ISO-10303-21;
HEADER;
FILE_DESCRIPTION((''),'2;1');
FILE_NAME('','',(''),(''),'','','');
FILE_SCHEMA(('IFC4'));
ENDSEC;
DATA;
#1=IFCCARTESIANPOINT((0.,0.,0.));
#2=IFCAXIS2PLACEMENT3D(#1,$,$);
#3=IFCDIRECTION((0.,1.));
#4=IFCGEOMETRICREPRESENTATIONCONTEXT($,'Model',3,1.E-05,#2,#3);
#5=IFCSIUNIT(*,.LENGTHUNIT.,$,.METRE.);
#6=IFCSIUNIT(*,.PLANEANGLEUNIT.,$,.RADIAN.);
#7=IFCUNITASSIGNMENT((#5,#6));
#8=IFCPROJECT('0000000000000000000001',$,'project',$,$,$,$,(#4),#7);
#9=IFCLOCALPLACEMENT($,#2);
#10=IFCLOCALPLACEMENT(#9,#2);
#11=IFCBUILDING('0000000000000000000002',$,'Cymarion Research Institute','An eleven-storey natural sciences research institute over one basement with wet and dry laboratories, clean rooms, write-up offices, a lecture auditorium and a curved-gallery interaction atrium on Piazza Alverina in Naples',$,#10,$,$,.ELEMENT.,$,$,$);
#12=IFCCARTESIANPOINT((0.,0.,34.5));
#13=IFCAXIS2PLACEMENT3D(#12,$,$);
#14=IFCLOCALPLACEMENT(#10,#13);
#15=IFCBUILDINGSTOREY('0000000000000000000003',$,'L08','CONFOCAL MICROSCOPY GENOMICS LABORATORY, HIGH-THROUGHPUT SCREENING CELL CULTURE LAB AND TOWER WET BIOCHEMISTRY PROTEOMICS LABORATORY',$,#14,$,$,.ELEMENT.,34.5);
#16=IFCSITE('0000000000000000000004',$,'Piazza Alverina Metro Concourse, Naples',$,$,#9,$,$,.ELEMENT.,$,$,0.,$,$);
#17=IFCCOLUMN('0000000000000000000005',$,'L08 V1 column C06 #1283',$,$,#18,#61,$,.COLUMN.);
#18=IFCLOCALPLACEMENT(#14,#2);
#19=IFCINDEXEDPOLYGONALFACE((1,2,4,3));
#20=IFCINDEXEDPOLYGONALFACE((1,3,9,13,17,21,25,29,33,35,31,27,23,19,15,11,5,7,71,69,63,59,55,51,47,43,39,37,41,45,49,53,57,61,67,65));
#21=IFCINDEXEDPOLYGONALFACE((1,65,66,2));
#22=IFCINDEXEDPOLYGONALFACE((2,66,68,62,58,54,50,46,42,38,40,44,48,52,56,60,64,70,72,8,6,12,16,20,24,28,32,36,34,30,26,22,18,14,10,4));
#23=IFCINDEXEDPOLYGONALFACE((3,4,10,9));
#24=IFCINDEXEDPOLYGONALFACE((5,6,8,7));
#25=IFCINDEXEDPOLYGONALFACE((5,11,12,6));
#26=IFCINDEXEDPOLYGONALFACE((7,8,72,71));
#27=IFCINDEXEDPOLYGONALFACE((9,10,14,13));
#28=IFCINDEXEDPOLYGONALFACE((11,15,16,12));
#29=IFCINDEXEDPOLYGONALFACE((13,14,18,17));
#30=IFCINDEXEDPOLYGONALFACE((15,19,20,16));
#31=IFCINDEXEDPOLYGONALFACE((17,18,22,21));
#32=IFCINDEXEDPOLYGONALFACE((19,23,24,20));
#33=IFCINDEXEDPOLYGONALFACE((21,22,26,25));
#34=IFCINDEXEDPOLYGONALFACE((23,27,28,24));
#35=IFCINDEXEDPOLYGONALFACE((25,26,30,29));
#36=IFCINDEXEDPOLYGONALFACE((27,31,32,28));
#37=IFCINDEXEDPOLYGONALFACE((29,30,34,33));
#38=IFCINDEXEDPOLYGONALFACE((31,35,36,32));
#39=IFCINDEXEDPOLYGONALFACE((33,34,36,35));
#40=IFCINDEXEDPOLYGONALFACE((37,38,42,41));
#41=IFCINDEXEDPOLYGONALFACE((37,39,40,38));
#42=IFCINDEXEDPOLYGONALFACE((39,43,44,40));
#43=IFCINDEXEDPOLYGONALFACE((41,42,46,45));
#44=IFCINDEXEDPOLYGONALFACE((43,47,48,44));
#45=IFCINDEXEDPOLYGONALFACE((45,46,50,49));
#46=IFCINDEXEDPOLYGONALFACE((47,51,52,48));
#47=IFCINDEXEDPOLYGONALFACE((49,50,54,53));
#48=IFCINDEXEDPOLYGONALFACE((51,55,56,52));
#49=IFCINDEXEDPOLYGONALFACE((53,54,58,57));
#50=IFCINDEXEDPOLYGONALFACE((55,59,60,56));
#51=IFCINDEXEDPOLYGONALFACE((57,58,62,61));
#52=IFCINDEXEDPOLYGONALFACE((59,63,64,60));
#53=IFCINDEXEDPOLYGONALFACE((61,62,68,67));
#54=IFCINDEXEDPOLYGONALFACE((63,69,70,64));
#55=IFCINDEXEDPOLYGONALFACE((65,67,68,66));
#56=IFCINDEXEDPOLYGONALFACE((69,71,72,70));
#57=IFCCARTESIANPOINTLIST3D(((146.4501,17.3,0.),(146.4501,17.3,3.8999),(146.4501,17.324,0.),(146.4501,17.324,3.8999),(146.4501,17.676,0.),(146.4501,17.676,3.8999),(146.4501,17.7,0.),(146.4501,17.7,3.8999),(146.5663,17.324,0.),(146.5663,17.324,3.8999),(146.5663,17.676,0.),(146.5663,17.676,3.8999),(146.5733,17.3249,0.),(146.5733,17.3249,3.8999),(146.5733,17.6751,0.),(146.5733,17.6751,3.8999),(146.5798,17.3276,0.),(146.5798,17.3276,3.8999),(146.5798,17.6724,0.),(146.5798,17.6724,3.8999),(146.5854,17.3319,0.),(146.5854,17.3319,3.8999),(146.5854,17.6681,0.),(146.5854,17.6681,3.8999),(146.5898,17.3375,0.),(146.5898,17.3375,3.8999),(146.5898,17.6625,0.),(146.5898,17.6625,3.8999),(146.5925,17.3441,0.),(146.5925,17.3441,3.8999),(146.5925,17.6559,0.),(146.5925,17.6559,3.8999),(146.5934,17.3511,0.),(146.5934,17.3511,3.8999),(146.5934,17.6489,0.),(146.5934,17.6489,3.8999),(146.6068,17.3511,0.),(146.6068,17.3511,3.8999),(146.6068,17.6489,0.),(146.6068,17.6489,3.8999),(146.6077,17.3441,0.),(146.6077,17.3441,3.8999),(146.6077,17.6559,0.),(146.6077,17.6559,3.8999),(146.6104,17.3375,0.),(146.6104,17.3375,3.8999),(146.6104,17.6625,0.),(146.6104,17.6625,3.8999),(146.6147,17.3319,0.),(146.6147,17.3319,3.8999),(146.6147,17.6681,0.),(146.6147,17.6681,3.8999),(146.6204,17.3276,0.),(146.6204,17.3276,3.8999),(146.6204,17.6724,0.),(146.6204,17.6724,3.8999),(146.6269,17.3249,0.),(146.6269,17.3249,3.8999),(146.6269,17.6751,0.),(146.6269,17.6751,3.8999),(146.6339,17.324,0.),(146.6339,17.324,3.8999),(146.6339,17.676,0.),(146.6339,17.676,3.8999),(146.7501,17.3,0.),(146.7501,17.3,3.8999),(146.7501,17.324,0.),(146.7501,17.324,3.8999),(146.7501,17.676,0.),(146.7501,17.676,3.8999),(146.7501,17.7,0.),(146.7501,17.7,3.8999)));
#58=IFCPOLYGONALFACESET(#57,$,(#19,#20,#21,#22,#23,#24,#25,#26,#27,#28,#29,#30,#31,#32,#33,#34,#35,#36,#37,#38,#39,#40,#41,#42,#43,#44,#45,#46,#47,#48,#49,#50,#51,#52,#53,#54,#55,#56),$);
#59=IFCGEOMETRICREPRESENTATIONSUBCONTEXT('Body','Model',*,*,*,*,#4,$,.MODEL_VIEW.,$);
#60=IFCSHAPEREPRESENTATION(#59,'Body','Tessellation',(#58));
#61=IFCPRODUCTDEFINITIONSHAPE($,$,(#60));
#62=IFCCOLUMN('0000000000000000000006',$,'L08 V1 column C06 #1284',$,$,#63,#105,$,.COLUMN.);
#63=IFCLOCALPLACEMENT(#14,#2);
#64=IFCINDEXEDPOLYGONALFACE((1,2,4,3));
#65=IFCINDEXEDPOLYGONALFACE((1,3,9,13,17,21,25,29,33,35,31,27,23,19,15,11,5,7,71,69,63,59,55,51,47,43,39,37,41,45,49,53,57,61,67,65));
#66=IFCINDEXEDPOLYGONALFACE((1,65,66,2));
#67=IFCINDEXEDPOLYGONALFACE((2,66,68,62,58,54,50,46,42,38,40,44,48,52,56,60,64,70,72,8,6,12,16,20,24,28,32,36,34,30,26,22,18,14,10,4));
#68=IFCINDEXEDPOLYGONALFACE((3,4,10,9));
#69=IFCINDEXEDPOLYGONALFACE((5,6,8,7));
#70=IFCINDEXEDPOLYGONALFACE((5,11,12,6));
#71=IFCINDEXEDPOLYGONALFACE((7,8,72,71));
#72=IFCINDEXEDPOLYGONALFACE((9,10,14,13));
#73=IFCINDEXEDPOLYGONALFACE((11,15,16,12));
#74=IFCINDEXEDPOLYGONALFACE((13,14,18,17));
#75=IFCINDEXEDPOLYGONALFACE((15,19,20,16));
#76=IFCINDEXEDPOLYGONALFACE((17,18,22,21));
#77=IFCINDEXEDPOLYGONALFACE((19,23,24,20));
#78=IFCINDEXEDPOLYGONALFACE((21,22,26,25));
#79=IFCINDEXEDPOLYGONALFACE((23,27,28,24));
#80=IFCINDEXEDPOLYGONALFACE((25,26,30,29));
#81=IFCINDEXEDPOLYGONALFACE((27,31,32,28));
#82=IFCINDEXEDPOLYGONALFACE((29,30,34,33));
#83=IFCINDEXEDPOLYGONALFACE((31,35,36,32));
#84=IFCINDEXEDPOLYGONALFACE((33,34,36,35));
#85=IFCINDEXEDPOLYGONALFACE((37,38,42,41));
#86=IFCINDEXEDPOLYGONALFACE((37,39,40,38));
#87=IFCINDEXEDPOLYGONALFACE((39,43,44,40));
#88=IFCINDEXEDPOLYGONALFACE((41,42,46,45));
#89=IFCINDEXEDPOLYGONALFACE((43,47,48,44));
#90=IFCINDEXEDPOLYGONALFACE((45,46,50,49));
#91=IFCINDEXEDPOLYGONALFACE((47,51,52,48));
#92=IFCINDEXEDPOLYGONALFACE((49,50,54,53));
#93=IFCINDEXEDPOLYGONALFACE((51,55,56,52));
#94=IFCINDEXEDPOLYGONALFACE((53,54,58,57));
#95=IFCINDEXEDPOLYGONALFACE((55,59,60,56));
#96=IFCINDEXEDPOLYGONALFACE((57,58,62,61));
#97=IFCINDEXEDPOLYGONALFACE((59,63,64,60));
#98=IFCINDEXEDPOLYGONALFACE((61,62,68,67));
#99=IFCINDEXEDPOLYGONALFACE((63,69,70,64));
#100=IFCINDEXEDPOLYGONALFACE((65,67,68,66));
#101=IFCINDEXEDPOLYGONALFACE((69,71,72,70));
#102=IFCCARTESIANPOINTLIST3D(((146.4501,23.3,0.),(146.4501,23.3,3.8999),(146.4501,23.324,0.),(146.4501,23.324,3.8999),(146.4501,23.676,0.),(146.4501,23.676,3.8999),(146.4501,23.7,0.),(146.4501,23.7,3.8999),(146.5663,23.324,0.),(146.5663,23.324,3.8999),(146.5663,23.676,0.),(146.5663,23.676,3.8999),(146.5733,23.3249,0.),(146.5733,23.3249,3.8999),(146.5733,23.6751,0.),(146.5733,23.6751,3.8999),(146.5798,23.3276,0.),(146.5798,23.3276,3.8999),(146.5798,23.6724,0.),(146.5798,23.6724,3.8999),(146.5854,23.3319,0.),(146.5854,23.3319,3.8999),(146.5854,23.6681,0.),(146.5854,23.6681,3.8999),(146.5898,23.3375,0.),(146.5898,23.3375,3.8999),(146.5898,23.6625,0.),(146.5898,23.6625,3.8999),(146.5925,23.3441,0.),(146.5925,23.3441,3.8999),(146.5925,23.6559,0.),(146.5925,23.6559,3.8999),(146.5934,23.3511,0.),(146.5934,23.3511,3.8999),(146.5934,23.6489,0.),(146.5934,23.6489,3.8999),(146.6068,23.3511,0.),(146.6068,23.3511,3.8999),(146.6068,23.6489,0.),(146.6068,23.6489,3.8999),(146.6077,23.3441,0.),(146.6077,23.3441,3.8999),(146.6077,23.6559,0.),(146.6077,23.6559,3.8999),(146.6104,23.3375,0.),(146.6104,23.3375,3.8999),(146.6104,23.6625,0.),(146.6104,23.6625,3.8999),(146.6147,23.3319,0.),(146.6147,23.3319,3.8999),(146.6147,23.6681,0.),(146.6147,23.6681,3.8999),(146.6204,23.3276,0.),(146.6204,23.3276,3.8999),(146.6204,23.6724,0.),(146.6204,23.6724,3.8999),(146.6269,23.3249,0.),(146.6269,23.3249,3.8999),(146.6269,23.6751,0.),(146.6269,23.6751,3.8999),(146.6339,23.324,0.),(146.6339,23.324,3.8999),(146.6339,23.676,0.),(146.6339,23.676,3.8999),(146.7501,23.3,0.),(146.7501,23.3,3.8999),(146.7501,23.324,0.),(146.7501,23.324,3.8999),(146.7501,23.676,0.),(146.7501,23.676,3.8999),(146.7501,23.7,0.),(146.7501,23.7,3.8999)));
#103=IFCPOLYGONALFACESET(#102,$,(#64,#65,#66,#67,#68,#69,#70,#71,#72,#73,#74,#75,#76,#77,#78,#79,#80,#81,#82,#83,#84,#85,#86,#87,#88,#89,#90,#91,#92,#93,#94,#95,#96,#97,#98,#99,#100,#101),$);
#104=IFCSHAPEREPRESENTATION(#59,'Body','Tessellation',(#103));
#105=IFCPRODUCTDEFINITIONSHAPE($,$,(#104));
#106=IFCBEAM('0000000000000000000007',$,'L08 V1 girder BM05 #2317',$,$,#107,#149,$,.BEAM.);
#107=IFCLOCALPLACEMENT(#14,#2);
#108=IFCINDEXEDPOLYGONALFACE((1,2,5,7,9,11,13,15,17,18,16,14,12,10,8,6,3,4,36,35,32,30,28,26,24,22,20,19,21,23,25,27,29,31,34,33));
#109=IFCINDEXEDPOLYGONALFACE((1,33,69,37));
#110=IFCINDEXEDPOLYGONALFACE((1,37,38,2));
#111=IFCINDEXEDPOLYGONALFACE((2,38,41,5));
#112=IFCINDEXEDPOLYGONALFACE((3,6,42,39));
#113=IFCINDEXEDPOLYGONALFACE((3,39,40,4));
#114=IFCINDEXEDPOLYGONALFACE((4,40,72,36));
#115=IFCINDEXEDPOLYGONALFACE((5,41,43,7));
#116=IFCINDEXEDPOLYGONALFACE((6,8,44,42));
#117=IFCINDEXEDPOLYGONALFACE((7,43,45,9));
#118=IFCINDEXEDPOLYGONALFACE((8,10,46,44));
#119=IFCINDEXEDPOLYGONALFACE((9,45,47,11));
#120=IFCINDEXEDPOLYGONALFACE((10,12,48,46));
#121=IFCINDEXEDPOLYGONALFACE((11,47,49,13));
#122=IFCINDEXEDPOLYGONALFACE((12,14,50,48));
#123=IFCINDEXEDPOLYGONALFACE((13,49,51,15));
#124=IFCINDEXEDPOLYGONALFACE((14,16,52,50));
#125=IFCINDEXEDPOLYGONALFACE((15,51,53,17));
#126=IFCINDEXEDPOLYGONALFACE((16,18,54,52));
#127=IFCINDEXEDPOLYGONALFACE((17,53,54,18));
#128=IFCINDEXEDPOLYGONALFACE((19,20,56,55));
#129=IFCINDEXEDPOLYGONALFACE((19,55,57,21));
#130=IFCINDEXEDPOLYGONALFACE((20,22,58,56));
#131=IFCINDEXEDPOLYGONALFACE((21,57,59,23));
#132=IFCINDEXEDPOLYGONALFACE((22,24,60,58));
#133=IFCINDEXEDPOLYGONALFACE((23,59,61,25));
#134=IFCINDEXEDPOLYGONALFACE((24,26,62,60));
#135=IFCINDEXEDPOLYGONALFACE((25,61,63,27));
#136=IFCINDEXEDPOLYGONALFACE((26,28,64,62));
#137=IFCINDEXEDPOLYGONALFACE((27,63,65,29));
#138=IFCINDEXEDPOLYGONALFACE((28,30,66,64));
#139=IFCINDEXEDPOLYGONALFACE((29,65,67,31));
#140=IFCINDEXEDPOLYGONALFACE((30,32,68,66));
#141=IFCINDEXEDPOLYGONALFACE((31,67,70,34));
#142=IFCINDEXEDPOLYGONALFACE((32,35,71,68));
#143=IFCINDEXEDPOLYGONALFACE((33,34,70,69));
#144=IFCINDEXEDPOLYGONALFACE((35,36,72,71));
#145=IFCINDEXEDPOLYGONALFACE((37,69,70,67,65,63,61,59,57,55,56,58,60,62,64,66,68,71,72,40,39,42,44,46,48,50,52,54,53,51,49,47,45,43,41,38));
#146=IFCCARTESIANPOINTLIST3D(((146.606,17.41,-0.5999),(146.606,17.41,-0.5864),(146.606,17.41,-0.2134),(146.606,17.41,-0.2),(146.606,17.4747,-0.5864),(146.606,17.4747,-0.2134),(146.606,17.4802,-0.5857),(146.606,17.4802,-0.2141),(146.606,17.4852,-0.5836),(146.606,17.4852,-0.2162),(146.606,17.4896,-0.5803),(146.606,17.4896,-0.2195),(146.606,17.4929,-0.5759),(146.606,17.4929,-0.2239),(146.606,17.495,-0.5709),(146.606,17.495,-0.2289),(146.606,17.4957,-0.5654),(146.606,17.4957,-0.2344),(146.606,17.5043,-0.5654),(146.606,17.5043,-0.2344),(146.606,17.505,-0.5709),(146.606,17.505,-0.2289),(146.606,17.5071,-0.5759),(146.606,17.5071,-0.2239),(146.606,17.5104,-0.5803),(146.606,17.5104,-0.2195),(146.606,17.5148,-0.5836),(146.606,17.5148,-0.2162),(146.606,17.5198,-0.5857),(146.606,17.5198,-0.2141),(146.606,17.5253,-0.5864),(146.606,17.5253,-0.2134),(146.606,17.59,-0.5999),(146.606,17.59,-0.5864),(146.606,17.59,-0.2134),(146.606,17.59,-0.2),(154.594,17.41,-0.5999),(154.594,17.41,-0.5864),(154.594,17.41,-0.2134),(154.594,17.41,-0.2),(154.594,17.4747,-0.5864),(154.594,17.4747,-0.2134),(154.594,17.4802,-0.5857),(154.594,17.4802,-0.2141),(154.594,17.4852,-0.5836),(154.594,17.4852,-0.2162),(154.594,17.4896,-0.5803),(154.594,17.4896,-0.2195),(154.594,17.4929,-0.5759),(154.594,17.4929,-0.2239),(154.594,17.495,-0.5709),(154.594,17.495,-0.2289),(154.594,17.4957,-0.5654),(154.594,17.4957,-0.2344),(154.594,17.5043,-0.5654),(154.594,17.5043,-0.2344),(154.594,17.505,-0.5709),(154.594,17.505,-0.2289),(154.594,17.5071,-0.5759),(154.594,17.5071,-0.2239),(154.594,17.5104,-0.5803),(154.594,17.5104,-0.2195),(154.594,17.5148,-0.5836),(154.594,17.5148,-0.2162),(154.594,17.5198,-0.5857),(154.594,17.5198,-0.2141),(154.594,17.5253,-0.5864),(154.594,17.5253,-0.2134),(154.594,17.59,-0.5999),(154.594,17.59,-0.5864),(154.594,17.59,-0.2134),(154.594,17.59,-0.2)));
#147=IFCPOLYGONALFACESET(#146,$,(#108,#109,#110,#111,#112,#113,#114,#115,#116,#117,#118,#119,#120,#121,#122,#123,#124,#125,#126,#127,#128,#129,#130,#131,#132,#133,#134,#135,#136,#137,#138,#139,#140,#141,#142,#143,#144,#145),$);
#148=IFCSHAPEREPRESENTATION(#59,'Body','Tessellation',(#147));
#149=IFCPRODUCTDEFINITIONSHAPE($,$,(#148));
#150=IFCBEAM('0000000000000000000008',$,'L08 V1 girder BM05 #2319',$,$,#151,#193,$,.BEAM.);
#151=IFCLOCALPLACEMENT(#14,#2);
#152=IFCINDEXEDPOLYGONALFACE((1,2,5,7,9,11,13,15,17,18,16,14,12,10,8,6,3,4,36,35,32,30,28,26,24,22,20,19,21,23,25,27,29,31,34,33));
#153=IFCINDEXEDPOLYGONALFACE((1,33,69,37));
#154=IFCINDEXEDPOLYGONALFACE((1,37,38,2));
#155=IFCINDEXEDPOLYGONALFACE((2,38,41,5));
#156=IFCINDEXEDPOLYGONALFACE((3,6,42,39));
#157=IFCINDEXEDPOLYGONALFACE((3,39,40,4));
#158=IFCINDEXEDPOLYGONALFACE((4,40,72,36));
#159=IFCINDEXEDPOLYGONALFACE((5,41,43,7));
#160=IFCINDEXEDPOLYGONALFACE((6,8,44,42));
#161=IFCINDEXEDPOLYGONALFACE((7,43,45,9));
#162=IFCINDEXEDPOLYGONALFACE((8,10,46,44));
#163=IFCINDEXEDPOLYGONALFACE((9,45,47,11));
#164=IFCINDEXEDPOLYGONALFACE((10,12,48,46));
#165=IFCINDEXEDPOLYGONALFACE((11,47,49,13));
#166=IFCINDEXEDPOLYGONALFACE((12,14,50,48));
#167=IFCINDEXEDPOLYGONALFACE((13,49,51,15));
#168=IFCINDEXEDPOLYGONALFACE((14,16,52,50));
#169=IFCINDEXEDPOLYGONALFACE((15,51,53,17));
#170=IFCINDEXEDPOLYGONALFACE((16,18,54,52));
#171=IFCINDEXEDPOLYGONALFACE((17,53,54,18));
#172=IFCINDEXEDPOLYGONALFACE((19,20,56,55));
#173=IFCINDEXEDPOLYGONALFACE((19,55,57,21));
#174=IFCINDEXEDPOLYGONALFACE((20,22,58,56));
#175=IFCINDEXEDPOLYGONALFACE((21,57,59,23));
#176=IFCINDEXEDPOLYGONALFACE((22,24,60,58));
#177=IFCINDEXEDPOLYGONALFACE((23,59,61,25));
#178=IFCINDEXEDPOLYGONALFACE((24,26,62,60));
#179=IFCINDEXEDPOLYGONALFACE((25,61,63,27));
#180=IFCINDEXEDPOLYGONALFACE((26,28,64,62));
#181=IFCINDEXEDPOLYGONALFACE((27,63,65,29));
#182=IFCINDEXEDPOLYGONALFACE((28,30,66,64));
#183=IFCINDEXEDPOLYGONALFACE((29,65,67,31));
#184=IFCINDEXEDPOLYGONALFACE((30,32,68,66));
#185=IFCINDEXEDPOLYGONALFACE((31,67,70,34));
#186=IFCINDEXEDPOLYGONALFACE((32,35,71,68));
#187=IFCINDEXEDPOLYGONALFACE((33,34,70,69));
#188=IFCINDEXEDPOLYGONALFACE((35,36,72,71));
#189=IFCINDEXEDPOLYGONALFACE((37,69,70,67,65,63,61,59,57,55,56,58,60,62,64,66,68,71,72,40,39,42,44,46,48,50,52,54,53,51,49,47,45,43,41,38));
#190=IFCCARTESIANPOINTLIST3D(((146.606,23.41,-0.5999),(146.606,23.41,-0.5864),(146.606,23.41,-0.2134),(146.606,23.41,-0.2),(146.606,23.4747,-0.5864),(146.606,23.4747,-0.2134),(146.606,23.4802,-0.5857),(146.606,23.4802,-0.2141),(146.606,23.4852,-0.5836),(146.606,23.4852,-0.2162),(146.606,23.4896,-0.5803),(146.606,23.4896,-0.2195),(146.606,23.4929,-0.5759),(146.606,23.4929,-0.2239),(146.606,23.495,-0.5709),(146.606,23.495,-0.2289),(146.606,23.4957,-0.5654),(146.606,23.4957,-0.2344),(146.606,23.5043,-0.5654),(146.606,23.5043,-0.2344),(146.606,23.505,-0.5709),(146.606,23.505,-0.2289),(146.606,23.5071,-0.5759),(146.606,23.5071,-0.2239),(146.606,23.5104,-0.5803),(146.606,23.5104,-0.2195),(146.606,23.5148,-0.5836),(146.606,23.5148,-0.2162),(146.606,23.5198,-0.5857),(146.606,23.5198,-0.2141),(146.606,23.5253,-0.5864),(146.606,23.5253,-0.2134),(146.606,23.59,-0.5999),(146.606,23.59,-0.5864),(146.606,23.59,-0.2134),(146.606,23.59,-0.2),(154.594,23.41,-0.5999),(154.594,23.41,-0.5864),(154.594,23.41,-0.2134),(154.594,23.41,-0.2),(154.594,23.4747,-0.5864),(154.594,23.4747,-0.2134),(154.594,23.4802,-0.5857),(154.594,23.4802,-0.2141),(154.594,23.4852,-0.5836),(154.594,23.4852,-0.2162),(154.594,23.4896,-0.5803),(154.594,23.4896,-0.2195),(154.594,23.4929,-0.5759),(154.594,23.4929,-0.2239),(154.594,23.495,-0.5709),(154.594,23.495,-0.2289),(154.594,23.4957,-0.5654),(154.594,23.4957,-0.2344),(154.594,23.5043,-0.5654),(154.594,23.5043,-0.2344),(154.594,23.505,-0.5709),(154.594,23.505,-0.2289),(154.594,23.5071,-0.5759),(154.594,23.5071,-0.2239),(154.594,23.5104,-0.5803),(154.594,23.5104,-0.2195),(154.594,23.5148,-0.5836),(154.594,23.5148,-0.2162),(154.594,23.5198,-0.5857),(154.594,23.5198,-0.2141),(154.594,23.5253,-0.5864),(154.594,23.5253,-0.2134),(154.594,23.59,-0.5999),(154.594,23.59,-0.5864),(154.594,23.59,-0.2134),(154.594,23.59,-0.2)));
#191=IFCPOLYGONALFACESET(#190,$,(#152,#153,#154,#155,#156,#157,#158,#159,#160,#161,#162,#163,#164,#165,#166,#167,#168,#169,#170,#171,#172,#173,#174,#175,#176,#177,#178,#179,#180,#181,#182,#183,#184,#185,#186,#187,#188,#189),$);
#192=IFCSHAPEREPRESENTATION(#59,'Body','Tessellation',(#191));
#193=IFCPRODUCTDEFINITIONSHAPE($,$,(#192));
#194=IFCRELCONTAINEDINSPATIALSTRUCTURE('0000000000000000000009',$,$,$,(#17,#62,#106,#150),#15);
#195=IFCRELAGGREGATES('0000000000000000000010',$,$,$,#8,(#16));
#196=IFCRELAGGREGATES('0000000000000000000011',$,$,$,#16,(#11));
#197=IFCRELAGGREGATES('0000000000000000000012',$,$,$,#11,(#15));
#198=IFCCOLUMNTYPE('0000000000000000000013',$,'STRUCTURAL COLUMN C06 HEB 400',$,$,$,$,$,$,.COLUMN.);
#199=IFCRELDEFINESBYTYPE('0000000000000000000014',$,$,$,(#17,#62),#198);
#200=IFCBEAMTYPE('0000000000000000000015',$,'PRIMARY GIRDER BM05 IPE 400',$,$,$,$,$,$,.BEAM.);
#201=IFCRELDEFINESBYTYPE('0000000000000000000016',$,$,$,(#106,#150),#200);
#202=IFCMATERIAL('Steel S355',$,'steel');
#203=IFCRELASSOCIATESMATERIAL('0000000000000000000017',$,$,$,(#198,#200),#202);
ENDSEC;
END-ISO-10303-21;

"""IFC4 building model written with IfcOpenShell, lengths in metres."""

from ifc_helpers import new_model, si_unit, direction, frame, origin, origin_2d, place, context, subcontext, project, spatial, i_section, extrude, material, material_profile, profile_set, type_object, element, save


model = new_model("IFC4")

# Units and contexts
model_context = context("Model", 3, precision=1e-05, world=origin(), true_north=direction((0.0, 1.0)))
body_context = subcontext(model_context, "Body", "Model", "MODEL_VIEW")
ifc_project = project(units=[si_unit("LENGTHUNIT", "METRE"), si_unit("PLANEANGLEUNIT", "RADIAN")], contexts=[model_context])

# Site, building, storey
site_placement = place(None, origin())
site = spatial("IfcSite", under=ifc_project, at=site_placement, Name="Piazza Alverina Metro Concourse, Naples", CompositionType="ELEMENT", RefElevation=0.0)
building_placement = place(site_placement, origin())
building = spatial("IfcBuilding", under=site, at=building_placement, Name="Cymarion Research Institute", Description="An eleven-storey natural sciences research institute over one basement with wet and dry laboratories, clean rooms, write-up offices, a lecture auditorium and a curved-gallery interaction atrium on Piazza Alverina in Naples", CompositionType="ELEMENT")
storey_placement = place(building_placement, frame((0.0, 0.0, 34.5)))
storey = spatial("IfcBuildingStorey", under=building, at=storey_placement, Name="L08", Description="CONFOCAL MICROSCOPY GENOMICS LABORATORY, HIGH-THROUGHPUT SCREENING CELL CULTURE LAB AND TOWER WET BIOCHEMISTRY PROTEOMICS LABORATORY", CompositionType="ELEMENT", Elevation=34.5)

# Columns
ifc_material_1 = material(Name="Steel S355", Category="steel")
ifc_material_profile_1 = material_profile(ifc_material_1, i_section(OverallWidth=0.3, OverallDepth=0.3999, WebThickness=0.0134, FlangeThickness=0.0239, FilletRadius=0.0271, at=origin_2d()), Name="HEB 400")
ifc_profile_set_1 = profile_set([ifc_material_profile_1], Name="Steel S355")
column_type = type_object("IfcColumnType", Name="STRUCTURAL COLUMN C06 HEB 400", PredefinedType="COLUMN", material=ifc_profile_set_1)
for number, where, z_axis, x_axis, name in (
    (1, (146.6001, 17.5, 0.0), (0.0, 0.0, 1.0), (1.0, 0.0, 0.0), "L08 V1 column C06 #1283"),
    (2, (146.6001, 23.5, 0.0), (0.0, 0.0, 1.0), (1.0, 0.0, 0.0), "L08 V1 column C06 #1284"),
):
    element("IfcColumn", number, at=place(storey_placement, frame(where, z_axis=z_axis, x_axis=x_axis)), inside=storey, type_object=column_type, Name=name, PredefinedType="COLUMN", context=body_context, shape_type="SweptSolid", body=[
        extrude(i_section(OverallWidth=0.3, OverallDepth=0.3999, WebThickness=0.0134, FlangeThickness=0.0239, FilletRadius=0.0271, at=origin_2d()), origin(), (0.0, 0.0, 1.0), 3.8999),
    ])

# Beams
ifc_material_profile_2 = material_profile(ifc_material_1, i_section(OverallWidth=0.1799, OverallDepth=0.3999, WebThickness=0.0085, FlangeThickness=0.0134, FilletRadius=0.021, at=origin_2d()), Name="IPE 400")
ifc_profile_set_2 = profile_set([ifc_material_profile_2], Name="Steel S355")
beam_type_1 = type_object("IfcBeamType", Name="PRIMARY GIRDER BM05 IPE 400", PredefinedType="BEAM", material=ifc_profile_set_2)
for number, where, z_axis, x_axis, name in (
    (3, (146.606, 17.5, -0.3999), (1.0, 0.0, 0.0), (0.0, 1.0, 0.0), "L08 V1 girder BM05 #2317"),
    (4, (146.606, 23.5, -0.3999), (1.0, 0.0, 0.0), (0.0, 1.0, 0.0), "L08 V1 girder BM05 #2319"),
):
    element("IfcBeam", number, at=place(storey_placement, frame(where, z_axis=z_axis, x_axis=x_axis)), inside=storey, type_object=beam_type_1, Name=name, PredefinedType="BEAM", context=body_context, shape_type="SweptSolid", body=[
        extrude(i_section(OverallWidth=0.1799, OverallDepth=0.3999, WebThickness=0.0085, FlangeThickness=0.0134, FilletRadius=0.021, at=origin_2d()), origin(), (0.0, 0.0, 1.0), 7.988),
    ])

save(model, "model.ifc")
